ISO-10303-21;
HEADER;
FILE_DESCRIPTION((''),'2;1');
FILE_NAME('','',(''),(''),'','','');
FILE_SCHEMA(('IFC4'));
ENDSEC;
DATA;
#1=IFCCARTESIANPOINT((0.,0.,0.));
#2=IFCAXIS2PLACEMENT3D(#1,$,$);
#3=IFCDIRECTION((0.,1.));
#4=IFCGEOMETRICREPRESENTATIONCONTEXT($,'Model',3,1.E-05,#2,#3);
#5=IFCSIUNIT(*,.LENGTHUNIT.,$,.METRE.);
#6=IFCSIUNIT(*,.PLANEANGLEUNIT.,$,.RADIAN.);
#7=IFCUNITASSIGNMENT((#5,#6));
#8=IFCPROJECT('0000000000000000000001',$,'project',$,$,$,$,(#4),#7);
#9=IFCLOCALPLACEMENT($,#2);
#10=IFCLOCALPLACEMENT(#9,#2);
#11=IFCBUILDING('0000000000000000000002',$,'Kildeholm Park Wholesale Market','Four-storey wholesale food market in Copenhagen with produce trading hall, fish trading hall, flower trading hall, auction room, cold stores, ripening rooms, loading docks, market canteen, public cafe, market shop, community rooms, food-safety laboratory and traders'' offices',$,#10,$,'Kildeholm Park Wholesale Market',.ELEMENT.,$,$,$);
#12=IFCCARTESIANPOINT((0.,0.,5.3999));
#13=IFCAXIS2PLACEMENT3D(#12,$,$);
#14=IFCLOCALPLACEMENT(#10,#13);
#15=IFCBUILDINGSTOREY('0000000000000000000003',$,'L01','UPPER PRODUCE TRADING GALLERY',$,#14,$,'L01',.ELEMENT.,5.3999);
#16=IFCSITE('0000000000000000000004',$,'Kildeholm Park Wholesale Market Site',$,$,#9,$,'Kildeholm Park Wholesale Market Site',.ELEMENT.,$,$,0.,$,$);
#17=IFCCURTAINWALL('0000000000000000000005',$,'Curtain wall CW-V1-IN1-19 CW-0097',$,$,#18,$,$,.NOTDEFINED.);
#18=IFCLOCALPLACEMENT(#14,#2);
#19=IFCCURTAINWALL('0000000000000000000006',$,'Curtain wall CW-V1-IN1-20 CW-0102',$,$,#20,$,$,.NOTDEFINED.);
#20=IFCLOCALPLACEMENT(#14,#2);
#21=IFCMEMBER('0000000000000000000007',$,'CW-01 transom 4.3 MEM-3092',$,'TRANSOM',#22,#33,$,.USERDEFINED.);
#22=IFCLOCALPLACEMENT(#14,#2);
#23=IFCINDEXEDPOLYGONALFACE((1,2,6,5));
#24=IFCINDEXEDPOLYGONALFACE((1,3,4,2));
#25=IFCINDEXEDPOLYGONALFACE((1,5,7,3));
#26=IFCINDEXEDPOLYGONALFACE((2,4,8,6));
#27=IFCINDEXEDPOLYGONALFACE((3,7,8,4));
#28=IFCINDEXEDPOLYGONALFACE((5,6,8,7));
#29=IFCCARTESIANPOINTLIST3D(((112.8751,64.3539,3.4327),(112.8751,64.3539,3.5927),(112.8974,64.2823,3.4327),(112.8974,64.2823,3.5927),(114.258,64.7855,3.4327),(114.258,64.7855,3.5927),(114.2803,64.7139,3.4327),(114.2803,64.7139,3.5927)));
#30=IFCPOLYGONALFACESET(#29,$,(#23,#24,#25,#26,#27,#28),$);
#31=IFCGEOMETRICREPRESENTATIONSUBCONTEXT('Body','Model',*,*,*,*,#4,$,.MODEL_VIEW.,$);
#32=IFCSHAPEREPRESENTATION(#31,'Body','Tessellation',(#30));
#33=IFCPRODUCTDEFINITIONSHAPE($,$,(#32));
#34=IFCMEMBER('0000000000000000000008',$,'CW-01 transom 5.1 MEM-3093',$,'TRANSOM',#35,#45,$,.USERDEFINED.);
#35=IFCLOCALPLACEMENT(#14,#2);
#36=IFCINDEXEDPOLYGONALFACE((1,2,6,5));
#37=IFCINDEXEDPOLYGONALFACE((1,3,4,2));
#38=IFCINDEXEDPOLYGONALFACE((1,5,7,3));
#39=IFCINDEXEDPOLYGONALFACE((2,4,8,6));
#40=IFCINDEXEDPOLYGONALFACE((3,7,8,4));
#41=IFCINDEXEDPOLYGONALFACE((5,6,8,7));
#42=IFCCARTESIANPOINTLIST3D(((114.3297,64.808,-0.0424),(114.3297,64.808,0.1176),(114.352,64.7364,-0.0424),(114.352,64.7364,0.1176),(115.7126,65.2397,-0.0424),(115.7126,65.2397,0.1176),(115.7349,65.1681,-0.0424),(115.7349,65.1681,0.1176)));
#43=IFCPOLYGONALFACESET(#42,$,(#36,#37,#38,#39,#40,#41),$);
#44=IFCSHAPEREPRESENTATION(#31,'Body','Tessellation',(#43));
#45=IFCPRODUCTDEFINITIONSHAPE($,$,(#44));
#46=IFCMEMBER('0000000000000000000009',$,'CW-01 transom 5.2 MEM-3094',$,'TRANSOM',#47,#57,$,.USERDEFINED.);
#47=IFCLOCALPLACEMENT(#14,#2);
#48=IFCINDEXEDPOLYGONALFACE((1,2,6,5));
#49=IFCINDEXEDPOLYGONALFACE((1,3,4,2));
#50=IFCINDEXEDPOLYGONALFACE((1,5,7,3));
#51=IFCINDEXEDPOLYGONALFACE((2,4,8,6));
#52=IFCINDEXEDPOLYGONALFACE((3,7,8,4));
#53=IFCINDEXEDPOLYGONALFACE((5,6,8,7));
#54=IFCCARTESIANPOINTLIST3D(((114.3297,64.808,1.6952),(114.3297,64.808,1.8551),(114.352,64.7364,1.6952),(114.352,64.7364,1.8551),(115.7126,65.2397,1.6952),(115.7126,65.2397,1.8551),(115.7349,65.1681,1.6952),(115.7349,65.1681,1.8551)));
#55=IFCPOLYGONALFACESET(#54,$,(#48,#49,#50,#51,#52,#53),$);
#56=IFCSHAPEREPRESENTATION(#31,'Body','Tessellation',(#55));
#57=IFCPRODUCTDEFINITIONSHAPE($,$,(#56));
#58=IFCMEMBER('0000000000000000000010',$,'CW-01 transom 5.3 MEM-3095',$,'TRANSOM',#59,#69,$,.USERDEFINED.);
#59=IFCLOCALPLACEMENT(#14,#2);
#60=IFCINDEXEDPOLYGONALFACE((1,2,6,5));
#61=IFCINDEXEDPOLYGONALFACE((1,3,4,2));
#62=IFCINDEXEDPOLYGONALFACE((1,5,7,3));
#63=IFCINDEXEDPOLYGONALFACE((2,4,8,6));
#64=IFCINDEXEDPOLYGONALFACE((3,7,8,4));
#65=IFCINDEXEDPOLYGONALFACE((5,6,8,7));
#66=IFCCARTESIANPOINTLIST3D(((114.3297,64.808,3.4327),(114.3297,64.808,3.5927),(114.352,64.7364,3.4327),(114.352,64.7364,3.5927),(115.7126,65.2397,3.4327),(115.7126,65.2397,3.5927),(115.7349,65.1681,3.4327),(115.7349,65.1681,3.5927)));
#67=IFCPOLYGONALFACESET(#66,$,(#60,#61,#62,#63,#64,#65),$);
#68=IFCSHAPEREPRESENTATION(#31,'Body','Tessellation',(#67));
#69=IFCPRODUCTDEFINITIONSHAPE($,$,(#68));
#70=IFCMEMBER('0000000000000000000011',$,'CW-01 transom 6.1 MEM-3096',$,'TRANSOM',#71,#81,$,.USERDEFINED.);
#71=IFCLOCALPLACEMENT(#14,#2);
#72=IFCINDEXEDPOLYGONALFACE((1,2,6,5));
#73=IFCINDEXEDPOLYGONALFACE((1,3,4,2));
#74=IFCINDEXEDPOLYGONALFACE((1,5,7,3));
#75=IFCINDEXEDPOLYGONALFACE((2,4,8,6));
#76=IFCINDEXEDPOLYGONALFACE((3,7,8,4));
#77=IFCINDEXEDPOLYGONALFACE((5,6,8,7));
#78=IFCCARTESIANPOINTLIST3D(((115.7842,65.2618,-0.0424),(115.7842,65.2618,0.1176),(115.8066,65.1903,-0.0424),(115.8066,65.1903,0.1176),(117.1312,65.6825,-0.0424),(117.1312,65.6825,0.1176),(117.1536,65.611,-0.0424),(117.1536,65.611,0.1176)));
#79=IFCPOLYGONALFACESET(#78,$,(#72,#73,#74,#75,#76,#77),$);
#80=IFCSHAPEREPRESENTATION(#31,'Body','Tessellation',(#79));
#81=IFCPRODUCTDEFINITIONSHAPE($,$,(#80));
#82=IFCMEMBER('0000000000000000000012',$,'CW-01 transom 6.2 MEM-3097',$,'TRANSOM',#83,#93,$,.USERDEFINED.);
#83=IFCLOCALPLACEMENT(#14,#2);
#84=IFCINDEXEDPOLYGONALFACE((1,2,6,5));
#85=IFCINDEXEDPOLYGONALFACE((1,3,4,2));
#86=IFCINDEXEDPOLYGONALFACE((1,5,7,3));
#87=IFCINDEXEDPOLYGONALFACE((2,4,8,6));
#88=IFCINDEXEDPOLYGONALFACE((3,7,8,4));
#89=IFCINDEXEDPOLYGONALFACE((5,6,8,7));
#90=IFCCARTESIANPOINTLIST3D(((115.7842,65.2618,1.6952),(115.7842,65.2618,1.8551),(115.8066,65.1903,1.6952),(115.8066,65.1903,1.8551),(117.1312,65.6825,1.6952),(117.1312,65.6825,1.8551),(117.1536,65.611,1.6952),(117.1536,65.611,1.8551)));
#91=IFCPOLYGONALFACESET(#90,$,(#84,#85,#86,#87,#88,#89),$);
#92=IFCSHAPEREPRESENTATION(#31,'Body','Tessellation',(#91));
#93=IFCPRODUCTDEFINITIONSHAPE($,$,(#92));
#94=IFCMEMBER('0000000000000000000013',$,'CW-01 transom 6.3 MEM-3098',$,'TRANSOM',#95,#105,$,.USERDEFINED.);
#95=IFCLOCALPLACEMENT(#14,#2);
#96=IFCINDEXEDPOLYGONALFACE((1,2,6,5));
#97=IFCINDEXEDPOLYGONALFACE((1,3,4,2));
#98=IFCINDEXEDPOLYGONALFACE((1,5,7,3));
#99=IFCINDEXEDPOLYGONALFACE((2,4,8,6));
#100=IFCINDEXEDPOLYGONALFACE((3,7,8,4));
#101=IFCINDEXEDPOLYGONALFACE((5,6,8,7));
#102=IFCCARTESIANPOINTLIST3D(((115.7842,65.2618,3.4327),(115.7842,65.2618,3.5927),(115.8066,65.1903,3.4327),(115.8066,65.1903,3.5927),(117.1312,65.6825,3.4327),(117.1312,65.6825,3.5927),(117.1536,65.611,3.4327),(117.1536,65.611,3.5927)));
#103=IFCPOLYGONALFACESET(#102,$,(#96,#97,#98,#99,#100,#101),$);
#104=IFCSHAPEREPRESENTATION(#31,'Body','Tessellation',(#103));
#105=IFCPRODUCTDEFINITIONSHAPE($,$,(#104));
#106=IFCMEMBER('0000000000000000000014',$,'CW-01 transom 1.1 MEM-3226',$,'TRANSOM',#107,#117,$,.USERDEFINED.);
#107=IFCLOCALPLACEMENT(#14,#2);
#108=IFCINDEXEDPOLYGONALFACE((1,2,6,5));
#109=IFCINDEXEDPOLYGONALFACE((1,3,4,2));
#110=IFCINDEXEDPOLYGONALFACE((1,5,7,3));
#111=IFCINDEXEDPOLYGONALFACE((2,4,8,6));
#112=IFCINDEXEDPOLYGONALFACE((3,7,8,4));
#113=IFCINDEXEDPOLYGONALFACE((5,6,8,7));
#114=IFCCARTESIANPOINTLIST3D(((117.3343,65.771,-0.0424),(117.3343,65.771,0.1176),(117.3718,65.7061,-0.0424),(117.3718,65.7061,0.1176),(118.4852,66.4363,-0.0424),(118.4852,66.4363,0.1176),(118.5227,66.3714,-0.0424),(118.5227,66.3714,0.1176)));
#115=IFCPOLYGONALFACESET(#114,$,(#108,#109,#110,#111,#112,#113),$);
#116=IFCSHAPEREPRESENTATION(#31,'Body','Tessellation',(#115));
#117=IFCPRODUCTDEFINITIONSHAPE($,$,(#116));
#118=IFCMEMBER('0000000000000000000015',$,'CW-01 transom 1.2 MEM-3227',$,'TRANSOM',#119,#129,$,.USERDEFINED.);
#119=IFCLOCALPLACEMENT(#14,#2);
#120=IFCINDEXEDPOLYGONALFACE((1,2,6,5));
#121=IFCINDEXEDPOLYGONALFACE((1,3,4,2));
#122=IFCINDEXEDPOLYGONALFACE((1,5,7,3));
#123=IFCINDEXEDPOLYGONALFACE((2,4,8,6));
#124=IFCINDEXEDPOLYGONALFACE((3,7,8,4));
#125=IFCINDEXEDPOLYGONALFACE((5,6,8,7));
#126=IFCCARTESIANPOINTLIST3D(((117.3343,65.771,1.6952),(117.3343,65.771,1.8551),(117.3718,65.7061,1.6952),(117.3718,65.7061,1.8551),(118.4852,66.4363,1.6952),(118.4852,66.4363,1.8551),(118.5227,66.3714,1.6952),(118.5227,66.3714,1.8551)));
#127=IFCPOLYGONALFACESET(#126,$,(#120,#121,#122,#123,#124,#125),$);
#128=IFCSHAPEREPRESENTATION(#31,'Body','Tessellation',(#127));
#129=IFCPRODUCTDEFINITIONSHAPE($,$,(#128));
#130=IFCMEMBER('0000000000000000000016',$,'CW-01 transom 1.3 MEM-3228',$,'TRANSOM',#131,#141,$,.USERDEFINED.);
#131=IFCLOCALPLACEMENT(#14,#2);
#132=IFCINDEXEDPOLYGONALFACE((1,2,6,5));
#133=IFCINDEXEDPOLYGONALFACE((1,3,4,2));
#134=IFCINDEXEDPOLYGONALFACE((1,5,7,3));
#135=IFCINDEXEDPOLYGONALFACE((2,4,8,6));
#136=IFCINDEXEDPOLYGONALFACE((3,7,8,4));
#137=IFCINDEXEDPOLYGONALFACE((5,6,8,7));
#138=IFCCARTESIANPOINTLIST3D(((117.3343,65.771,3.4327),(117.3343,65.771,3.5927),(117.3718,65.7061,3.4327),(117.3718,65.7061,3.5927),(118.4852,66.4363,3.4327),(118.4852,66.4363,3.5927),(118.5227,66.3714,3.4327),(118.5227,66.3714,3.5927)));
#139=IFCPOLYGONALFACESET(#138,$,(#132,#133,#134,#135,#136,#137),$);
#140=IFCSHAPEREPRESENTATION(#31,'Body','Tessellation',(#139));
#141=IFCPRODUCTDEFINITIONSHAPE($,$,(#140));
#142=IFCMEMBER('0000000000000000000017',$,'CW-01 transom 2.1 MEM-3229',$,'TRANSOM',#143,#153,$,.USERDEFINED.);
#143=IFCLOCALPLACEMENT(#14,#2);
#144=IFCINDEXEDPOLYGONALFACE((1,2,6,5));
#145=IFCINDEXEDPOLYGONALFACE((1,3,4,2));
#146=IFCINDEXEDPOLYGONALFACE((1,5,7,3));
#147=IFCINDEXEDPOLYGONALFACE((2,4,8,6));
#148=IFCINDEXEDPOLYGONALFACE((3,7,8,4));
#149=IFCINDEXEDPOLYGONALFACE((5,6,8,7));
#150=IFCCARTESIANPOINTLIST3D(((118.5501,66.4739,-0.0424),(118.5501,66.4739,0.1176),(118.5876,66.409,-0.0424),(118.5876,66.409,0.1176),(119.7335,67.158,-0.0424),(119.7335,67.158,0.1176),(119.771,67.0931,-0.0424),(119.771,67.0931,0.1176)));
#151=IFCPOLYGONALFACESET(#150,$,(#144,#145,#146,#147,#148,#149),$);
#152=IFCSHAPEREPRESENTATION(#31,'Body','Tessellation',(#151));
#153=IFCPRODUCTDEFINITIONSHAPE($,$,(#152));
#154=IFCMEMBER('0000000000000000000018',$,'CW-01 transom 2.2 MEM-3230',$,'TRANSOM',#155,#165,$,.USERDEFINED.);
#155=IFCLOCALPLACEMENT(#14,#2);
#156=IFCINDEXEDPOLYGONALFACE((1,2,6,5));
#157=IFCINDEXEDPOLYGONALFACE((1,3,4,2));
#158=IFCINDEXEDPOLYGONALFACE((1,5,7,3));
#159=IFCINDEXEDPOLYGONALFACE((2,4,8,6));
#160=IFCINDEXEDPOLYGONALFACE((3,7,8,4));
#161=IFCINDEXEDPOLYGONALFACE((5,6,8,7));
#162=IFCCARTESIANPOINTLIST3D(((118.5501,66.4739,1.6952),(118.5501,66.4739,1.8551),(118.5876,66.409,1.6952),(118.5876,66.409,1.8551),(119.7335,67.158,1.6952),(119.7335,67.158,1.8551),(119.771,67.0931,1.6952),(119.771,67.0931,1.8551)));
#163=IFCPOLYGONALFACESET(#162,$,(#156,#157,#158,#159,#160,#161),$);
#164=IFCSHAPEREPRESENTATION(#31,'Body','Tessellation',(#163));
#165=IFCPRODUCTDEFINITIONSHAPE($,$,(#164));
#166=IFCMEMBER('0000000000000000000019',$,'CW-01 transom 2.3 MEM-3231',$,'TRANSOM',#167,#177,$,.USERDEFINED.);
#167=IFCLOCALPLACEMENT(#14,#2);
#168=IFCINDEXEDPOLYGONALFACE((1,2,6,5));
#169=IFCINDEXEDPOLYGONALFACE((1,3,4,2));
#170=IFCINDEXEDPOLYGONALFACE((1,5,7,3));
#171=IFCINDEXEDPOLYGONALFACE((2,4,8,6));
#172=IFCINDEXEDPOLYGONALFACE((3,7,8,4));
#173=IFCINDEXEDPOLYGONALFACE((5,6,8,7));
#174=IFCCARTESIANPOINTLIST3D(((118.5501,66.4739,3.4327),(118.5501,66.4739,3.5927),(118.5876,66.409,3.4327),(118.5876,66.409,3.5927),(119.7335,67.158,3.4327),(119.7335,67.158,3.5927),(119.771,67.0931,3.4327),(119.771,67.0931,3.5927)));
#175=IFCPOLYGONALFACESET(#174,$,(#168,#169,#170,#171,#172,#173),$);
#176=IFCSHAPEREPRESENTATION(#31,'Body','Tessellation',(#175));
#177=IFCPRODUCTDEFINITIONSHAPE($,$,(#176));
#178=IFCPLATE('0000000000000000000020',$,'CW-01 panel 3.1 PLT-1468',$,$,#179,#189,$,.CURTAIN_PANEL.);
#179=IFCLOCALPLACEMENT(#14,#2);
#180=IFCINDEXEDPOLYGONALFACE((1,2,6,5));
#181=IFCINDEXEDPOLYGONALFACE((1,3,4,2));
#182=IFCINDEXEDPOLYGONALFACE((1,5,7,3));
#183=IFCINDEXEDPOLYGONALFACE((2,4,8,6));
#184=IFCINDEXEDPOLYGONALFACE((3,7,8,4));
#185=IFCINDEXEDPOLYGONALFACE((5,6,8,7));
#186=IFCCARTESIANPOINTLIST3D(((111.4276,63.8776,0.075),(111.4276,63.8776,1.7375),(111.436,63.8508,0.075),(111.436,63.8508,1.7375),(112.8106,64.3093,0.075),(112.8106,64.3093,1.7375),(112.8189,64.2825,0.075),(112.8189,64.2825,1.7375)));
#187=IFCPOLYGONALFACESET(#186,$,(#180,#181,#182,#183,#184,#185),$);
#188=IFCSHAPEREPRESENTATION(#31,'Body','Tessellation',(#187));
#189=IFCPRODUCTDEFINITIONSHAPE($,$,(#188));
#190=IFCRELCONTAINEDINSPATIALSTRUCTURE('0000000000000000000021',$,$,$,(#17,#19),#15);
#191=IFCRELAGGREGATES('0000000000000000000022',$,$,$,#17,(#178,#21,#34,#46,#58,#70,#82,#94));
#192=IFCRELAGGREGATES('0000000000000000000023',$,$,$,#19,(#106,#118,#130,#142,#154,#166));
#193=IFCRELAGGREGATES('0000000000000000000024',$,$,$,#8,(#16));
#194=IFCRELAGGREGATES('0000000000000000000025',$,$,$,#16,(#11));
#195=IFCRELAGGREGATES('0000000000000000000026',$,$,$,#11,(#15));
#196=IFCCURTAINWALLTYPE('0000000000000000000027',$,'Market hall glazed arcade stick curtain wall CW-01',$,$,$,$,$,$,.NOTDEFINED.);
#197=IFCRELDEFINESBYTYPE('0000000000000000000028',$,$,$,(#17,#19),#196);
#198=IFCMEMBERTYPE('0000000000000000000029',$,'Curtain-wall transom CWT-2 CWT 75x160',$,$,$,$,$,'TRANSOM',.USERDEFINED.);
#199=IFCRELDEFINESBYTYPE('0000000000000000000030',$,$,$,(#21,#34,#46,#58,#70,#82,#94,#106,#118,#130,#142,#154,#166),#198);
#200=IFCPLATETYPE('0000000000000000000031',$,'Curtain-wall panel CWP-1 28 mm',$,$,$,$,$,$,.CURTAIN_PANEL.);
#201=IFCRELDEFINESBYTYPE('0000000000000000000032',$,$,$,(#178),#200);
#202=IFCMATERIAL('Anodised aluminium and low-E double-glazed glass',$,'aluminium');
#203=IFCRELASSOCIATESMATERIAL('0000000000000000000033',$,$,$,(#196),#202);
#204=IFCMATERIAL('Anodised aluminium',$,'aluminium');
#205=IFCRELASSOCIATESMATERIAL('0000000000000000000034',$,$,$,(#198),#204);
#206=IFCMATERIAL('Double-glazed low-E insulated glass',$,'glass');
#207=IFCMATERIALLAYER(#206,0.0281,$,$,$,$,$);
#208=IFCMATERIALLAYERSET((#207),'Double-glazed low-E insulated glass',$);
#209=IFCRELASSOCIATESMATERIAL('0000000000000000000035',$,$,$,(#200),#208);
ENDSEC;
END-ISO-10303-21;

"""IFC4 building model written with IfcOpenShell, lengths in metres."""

from ifc_helpers import new_model, si_unit, direction, frame, origin, origin_2d, place, context, subcontext, project, spatial, rectangle, extrude, material, layer, layer_set, material_profile, profile_set, type_object, element, aggregate, save


model = new_model("IFC4")

# Units and contexts
model_context = context("Model", 3, precision=1e-05, world=origin(), true_north=direction((0.0, 1.0)))
body_context = subcontext(model_context, "Body", "Model", "MODEL_VIEW")
ifc_project = project(units=[si_unit("LENGTHUNIT", "METRE"), si_unit("PLANEANGLEUNIT", "RADIAN")], contexts=[model_context])

# Site, building, storey
site_placement = place(None, origin())
site = spatial("IfcSite", under=ifc_project, at=site_placement, Name="Kildeholm Park Wholesale Market Site", LongName="Kildeholm Park Wholesale Market Site", CompositionType="ELEMENT", RefElevation=0.0)
building_placement = place(site_placement, origin())
building = spatial("IfcBuilding", under=site, at=building_placement, Name="Kildeholm Park Wholesale Market", Description="Four-storey wholesale food market in Copenhagen with produce trading hall, fish trading hall, flower trading hall, auction room, cold stores, ripening rooms, loading docks, market canteen, public cafe, market shop, community rooms, food-safety laboratory and traders' offices", LongName="Kildeholm Park Wholesale Market", CompositionType="ELEMENT")
storey_placement = place(building_placement, frame((0.0, 0.0, 5.3999)))
storey = spatial("IfcBuildingStorey", under=building, at=storey_placement, Name="L01", Description="UPPER PRODUCE TRADING GALLERY", LongName="L01", CompositionType="ELEMENT", Elevation=5.3999)

# Curtain walls
ifc_material_1 = material(Name="Anodised aluminium and low-E double-glazed glass", Category="aluminium")
curtain_wall_type = type_object("IfcCurtainWallType", Name="Market hall glazed arcade stick curtain wall CW-01", PredefinedType="NOTDEFINED", material=ifc_material_1)
curtain_wall_1_placement = place(storey_placement, origin())
curtain_wall_1 = element("IfcCurtainWall", 1, at=curtain_wall_1_placement, inside=storey, type_object=curtain_wall_type, Name="Curtain wall CW-V1-IN1-19 CW-0097", PredefinedType="NOTDEFINED")
ifc_material_2 = material(Name="Anodised aluminium", Category="aluminium")
curtain_wall_2_placement = place(storey_placement, origin())
curtain_wall_2 = element("IfcCurtainWall", 2, at=curtain_wall_2_placement, inside=storey, type_object=curtain_wall_type, Name="Curtain wall CW-V1-IN1-20 CW-0102", PredefinedType="NOTDEFINED")

# Members
ifc_material_profile_1 = material_profile(ifc_material_2, rectangle(XDim=0.075, YDim=0.1599, at=origin_2d()), Name="CWT 75x160")
ifc_profile_set_1 = profile_set([ifc_material_profile_1], Name="Anodised aluminium")
member_type_1 = type_object("IfcMemberType", Name="Curtain-wall transom CWT-2 CWT 75x160", ElementType="TRANSOM", PredefinedType="USERDEFINED", material=ifc_profile_set_1)
member_1_placement = place(storey_placement, frame((112.8862, 64.3181, 3.5127), z_axis=(0.954591, 0.29792, 0.0), x_axis=(-0.29792, 0.954591, 0.0)))
member_1 = element("IfcMember", 3, at=member_1_placement, type_object=member_type_1, Name="CW-01 transom 4.3 MEM-3092", ObjectType="TRANSOM", PredefinedType="USERDEFINED", context=body_context, shape_type="SweptSolid", body=[
    extrude(rectangle(XDim=0.075, YDim=0.1599, at=origin_2d()), origin(), (0.0, 0.0, 1.0), 1.4487),
])
member_2_placement = place(storey_placement, frame((114.3408, 64.7722, 0.0376), z_axis=(0.954576, 0.297968, 0.0), x_axis=(-0.297968, 0.954576, 0.0)))
member_2 = element("IfcMember", 4, at=member_2_placement, type_object=member_type_1, Name="CW-01 transom 5.1 MEM-3093", ObjectType="TRANSOM", PredefinedType="USERDEFINED", context=body_context, shape_type="SweptSolid", body=[
    extrude(rectangle(XDim=0.075, YDim=0.1599, at=origin_2d()), origin(), (0.0, 0.0, 1.0), 1.4487),
])
member_3_placement = place(storey_placement, frame((114.3408, 64.7722, 1.7751), z_axis=(0.954576, 0.297968, 0.0), x_axis=(-0.297968, 0.954576, 0.0)))
member_3 = element("IfcMember", 5, at=member_3_placement, type_object=member_type_1, Name="CW-01 transom 5.2 MEM-3094", ObjectType="TRANSOM", PredefinedType="USERDEFINED", context=body_context, shape_type="SweptSolid", body=[
    extrude(rectangle(XDim=0.075, YDim=0.1599, at=origin_2d()), origin(), (0.0, 0.0, 1.0), 1.4487),
])
member_4_placement = place(storey_placement, frame((114.3408, 64.7722, 3.5127), z_axis=(0.954576, 0.297968, 0.0), x_axis=(-0.297968, 0.954576, 0.0)))
member_4 = element("IfcMember", 6, at=member_4_placement, type_object=member_type_1, Name="CW-01 transom 5.3 MEM-3095", ObjectType="TRANSOM", PredefinedType="USERDEFINED", context=body_context, shape_type="SweptSolid", body=[
    extrude(rectangle(XDim=0.075, YDim=0.1599, at=origin_2d()), origin(), (0.0, 0.0, 1.0), 1.4487),
])
member_5_placement = place(storey_placement, frame((115.7954, 65.2261, 0.0376), z_axis=(0.954532, 0.298108, 0.0), x_axis=(-0.298108, 0.954532, 0.0)))
member_5 = element("IfcMember", 7, at=member_5_placement, type_object=member_type_1, Name="CW-01 transom 6.1 MEM-3096", ObjectType="TRANSOM", PredefinedType="USERDEFINED", context=body_context, shape_type="SweptSolid", body=[
    extrude(rectangle(XDim=0.075, YDim=0.1599, at=origin_2d()), origin(), (0.0, 0.0, 1.0), 1.4111),
])
member_6_placement = place(storey_placement, frame((115.7954, 65.2261, 1.7751), z_axis=(0.954532, 0.298108, 0.0), x_axis=(-0.298108, 0.954532, 0.0)))
member_6 = element("IfcMember", 8, at=member_6_placement, type_object=member_type_1, Name="CW-01 transom 6.2 MEM-3097", ObjectType="TRANSOM", PredefinedType="USERDEFINED", context=body_context, shape_type="SweptSolid", body=[
    extrude(rectangle(XDim=0.075, YDim=0.1599, at=origin_2d()), origin(), (0.0, 0.0, 1.0), 1.4111),
])
member_7_placement = place(storey_placement, frame((115.7954, 65.2261, 3.5127), z_axis=(0.954532, 0.298108, 0.0), x_axis=(-0.298108, 0.954532, 0.0)))
member_7 = element("IfcMember", 9, at=member_7_placement, type_object=member_type_1, Name="CW-01 transom 6.3 MEM-3098", ObjectType="TRANSOM", PredefinedType="USERDEFINED", context=body_context, shape_type="SweptSolid", body=[
    extrude(rectangle(XDim=0.075, YDim=0.1599, at=origin_2d()), origin(), (0.0, 0.0, 1.0), 1.4111),
])
member_8_placement = place(storey_placement, frame((117.353, 65.7385, 0.0376), z_axis=(0.865757, 0.500464, 0.0), x_axis=(-0.500464, 0.865757, 0.0)))
member_8 = element("IfcMember", 10, at=member_8_placement, type_object=member_type_1, Name="CW-01 transom 1.1 MEM-3226", ObjectType="TRANSOM", PredefinedType="USERDEFINED", context=body_context, shape_type="SweptSolid", body=[
    extrude(rectangle(XDim=0.075, YDim=0.1599, at=origin_2d()), origin(), (0.0, 0.0, 1.0), 1.3293),
])
member_9_placement = place(storey_placement, frame((117.353, 65.7385, 1.7751), z_axis=(0.865757, 0.500464, 0.0), x_axis=(-0.500464, 0.865757, 0.0)))
member_9 = element("IfcMember", 11, at=member_9_placement, type_object=member_type_1, Name="CW-01 transom 1.2 MEM-3227", ObjectType="TRANSOM", PredefinedType="USERDEFINED", context=body_context, shape_type="SweptSolid", body=[
    extrude(rectangle(XDim=0.075, YDim=0.1599, at=origin_2d()), origin(), (0.0, 0.0, 1.0), 1.3293),
])
member_10_placement = place(storey_placement, frame((117.353, 65.7385, 3.5127), z_axis=(0.865757, 0.500464, 0.0), x_axis=(-0.500464, 0.865757, 0.0)))
member_10 = element("IfcMember", 12, at=member_10_placement, type_object=member_type_1, Name="CW-01 transom 1.3 MEM-3228", ObjectType="TRANSOM", PredefinedType="USERDEFINED", context=body_context, shape_type="SweptSolid", body=[
    extrude(rectangle(XDim=0.075, YDim=0.1599, at=origin_2d()), origin(), (0.0, 0.0, 1.0), 1.3293),
])
member_11_placement = place(storey_placement, frame((118.5688, 66.4414, 0.0376), z_axis=(0.865748, 0.50048, 0.0), x_axis=(-0.50048, 0.865748, 0.0)))
member_11 = element("IfcMember", 13, at=member_11_placement, type_object=member_type_1, Name="CW-01 transom 2.1 MEM-3229", ObjectType="TRANSOM", PredefinedType="USERDEFINED", context=body_context, shape_type="SweptSolid", body=[
    extrude(rectangle(XDim=0.075, YDim=0.1599, at=origin_2d()), origin(), (0.0, 0.0, 1.0), 1.3669),
])
member_12_placement = place(storey_placement, frame((118.5688, 66.4414, 1.7751), z_axis=(0.865748, 0.50048, 0.0), x_axis=(-0.50048, 0.865748, 0.0)))
member_12 = element("IfcMember", 14, at=member_12_placement, type_object=member_type_1, Name="CW-01 transom 2.2 MEM-3230", ObjectType="TRANSOM", PredefinedType="USERDEFINED", context=body_context, shape_type="SweptSolid", body=[
    extrude(rectangle(XDim=0.075, YDim=0.1599, at=origin_2d()), origin(), (0.0, 0.0, 1.0), 1.3669),
])
member_13_placement = place(storey_placement, frame((118.5688, 66.4414, 3.5127), z_axis=(0.865748, 0.50048, 0.0), x_axis=(-0.50048, 0.865748, 0.0)))
member_13 = element("IfcMember", 15, at=member_13_placement, type_object=member_type_1, Name="CW-01 transom 2.3 MEM-3231", ObjectType="TRANSOM", PredefinedType="USERDEFINED", context=body_context, shape_type="SweptSolid", body=[
    extrude(rectangle(XDim=0.075, YDim=0.1599, at=origin_2d()), origin(), (0.0, 0.0, 1.0), 1.3669),
])

# Plate
ifc_material_3 = material(Name="Double-glazed low-E insulated glass", Category="glass")
ifc_layer = layer(ifc_material_3, 0.0281)
ifc_layer_set = layer_set([ifc_layer], Name="Double-glazed low-E insulated glass")
plate_type = type_object("IfcPlateType", Name="Curtain-wall panel CWP-1 28 mm", PredefinedType="CURTAIN_PANEL", material=ifc_layer_set)
plate_1_placement = place(storey_placement, frame((112.1233, 64.0801, 0.075), z_axis=(0.0, 0.0, 1.0), x_axis=(0.954579, 0.297957, 0.0)))
plate_1 = element("IfcPlate", 16, at=plate_1_placement, type_object=plate_type, Name="CW-01 panel 3.1 PLT-1468", PredefinedType="CURTAIN_PANEL", context=body_context, shape_type="SweptSolid", body=[
    extrude(rectangle(XDim=1.4487, YDim=0.0281, at=origin_2d()), origin(), (0.0, 0.0, 1.0), 1.6626),
])
aggregate(curtain_wall_1, [plate_1, member_1, member_2, member_3, member_4, member_5, member_6, member_7])
aggregate(curtain_wall_2, [member_8, member_9, member_10, member_11, member_12, member_13])

save(model, "model.ifc")
